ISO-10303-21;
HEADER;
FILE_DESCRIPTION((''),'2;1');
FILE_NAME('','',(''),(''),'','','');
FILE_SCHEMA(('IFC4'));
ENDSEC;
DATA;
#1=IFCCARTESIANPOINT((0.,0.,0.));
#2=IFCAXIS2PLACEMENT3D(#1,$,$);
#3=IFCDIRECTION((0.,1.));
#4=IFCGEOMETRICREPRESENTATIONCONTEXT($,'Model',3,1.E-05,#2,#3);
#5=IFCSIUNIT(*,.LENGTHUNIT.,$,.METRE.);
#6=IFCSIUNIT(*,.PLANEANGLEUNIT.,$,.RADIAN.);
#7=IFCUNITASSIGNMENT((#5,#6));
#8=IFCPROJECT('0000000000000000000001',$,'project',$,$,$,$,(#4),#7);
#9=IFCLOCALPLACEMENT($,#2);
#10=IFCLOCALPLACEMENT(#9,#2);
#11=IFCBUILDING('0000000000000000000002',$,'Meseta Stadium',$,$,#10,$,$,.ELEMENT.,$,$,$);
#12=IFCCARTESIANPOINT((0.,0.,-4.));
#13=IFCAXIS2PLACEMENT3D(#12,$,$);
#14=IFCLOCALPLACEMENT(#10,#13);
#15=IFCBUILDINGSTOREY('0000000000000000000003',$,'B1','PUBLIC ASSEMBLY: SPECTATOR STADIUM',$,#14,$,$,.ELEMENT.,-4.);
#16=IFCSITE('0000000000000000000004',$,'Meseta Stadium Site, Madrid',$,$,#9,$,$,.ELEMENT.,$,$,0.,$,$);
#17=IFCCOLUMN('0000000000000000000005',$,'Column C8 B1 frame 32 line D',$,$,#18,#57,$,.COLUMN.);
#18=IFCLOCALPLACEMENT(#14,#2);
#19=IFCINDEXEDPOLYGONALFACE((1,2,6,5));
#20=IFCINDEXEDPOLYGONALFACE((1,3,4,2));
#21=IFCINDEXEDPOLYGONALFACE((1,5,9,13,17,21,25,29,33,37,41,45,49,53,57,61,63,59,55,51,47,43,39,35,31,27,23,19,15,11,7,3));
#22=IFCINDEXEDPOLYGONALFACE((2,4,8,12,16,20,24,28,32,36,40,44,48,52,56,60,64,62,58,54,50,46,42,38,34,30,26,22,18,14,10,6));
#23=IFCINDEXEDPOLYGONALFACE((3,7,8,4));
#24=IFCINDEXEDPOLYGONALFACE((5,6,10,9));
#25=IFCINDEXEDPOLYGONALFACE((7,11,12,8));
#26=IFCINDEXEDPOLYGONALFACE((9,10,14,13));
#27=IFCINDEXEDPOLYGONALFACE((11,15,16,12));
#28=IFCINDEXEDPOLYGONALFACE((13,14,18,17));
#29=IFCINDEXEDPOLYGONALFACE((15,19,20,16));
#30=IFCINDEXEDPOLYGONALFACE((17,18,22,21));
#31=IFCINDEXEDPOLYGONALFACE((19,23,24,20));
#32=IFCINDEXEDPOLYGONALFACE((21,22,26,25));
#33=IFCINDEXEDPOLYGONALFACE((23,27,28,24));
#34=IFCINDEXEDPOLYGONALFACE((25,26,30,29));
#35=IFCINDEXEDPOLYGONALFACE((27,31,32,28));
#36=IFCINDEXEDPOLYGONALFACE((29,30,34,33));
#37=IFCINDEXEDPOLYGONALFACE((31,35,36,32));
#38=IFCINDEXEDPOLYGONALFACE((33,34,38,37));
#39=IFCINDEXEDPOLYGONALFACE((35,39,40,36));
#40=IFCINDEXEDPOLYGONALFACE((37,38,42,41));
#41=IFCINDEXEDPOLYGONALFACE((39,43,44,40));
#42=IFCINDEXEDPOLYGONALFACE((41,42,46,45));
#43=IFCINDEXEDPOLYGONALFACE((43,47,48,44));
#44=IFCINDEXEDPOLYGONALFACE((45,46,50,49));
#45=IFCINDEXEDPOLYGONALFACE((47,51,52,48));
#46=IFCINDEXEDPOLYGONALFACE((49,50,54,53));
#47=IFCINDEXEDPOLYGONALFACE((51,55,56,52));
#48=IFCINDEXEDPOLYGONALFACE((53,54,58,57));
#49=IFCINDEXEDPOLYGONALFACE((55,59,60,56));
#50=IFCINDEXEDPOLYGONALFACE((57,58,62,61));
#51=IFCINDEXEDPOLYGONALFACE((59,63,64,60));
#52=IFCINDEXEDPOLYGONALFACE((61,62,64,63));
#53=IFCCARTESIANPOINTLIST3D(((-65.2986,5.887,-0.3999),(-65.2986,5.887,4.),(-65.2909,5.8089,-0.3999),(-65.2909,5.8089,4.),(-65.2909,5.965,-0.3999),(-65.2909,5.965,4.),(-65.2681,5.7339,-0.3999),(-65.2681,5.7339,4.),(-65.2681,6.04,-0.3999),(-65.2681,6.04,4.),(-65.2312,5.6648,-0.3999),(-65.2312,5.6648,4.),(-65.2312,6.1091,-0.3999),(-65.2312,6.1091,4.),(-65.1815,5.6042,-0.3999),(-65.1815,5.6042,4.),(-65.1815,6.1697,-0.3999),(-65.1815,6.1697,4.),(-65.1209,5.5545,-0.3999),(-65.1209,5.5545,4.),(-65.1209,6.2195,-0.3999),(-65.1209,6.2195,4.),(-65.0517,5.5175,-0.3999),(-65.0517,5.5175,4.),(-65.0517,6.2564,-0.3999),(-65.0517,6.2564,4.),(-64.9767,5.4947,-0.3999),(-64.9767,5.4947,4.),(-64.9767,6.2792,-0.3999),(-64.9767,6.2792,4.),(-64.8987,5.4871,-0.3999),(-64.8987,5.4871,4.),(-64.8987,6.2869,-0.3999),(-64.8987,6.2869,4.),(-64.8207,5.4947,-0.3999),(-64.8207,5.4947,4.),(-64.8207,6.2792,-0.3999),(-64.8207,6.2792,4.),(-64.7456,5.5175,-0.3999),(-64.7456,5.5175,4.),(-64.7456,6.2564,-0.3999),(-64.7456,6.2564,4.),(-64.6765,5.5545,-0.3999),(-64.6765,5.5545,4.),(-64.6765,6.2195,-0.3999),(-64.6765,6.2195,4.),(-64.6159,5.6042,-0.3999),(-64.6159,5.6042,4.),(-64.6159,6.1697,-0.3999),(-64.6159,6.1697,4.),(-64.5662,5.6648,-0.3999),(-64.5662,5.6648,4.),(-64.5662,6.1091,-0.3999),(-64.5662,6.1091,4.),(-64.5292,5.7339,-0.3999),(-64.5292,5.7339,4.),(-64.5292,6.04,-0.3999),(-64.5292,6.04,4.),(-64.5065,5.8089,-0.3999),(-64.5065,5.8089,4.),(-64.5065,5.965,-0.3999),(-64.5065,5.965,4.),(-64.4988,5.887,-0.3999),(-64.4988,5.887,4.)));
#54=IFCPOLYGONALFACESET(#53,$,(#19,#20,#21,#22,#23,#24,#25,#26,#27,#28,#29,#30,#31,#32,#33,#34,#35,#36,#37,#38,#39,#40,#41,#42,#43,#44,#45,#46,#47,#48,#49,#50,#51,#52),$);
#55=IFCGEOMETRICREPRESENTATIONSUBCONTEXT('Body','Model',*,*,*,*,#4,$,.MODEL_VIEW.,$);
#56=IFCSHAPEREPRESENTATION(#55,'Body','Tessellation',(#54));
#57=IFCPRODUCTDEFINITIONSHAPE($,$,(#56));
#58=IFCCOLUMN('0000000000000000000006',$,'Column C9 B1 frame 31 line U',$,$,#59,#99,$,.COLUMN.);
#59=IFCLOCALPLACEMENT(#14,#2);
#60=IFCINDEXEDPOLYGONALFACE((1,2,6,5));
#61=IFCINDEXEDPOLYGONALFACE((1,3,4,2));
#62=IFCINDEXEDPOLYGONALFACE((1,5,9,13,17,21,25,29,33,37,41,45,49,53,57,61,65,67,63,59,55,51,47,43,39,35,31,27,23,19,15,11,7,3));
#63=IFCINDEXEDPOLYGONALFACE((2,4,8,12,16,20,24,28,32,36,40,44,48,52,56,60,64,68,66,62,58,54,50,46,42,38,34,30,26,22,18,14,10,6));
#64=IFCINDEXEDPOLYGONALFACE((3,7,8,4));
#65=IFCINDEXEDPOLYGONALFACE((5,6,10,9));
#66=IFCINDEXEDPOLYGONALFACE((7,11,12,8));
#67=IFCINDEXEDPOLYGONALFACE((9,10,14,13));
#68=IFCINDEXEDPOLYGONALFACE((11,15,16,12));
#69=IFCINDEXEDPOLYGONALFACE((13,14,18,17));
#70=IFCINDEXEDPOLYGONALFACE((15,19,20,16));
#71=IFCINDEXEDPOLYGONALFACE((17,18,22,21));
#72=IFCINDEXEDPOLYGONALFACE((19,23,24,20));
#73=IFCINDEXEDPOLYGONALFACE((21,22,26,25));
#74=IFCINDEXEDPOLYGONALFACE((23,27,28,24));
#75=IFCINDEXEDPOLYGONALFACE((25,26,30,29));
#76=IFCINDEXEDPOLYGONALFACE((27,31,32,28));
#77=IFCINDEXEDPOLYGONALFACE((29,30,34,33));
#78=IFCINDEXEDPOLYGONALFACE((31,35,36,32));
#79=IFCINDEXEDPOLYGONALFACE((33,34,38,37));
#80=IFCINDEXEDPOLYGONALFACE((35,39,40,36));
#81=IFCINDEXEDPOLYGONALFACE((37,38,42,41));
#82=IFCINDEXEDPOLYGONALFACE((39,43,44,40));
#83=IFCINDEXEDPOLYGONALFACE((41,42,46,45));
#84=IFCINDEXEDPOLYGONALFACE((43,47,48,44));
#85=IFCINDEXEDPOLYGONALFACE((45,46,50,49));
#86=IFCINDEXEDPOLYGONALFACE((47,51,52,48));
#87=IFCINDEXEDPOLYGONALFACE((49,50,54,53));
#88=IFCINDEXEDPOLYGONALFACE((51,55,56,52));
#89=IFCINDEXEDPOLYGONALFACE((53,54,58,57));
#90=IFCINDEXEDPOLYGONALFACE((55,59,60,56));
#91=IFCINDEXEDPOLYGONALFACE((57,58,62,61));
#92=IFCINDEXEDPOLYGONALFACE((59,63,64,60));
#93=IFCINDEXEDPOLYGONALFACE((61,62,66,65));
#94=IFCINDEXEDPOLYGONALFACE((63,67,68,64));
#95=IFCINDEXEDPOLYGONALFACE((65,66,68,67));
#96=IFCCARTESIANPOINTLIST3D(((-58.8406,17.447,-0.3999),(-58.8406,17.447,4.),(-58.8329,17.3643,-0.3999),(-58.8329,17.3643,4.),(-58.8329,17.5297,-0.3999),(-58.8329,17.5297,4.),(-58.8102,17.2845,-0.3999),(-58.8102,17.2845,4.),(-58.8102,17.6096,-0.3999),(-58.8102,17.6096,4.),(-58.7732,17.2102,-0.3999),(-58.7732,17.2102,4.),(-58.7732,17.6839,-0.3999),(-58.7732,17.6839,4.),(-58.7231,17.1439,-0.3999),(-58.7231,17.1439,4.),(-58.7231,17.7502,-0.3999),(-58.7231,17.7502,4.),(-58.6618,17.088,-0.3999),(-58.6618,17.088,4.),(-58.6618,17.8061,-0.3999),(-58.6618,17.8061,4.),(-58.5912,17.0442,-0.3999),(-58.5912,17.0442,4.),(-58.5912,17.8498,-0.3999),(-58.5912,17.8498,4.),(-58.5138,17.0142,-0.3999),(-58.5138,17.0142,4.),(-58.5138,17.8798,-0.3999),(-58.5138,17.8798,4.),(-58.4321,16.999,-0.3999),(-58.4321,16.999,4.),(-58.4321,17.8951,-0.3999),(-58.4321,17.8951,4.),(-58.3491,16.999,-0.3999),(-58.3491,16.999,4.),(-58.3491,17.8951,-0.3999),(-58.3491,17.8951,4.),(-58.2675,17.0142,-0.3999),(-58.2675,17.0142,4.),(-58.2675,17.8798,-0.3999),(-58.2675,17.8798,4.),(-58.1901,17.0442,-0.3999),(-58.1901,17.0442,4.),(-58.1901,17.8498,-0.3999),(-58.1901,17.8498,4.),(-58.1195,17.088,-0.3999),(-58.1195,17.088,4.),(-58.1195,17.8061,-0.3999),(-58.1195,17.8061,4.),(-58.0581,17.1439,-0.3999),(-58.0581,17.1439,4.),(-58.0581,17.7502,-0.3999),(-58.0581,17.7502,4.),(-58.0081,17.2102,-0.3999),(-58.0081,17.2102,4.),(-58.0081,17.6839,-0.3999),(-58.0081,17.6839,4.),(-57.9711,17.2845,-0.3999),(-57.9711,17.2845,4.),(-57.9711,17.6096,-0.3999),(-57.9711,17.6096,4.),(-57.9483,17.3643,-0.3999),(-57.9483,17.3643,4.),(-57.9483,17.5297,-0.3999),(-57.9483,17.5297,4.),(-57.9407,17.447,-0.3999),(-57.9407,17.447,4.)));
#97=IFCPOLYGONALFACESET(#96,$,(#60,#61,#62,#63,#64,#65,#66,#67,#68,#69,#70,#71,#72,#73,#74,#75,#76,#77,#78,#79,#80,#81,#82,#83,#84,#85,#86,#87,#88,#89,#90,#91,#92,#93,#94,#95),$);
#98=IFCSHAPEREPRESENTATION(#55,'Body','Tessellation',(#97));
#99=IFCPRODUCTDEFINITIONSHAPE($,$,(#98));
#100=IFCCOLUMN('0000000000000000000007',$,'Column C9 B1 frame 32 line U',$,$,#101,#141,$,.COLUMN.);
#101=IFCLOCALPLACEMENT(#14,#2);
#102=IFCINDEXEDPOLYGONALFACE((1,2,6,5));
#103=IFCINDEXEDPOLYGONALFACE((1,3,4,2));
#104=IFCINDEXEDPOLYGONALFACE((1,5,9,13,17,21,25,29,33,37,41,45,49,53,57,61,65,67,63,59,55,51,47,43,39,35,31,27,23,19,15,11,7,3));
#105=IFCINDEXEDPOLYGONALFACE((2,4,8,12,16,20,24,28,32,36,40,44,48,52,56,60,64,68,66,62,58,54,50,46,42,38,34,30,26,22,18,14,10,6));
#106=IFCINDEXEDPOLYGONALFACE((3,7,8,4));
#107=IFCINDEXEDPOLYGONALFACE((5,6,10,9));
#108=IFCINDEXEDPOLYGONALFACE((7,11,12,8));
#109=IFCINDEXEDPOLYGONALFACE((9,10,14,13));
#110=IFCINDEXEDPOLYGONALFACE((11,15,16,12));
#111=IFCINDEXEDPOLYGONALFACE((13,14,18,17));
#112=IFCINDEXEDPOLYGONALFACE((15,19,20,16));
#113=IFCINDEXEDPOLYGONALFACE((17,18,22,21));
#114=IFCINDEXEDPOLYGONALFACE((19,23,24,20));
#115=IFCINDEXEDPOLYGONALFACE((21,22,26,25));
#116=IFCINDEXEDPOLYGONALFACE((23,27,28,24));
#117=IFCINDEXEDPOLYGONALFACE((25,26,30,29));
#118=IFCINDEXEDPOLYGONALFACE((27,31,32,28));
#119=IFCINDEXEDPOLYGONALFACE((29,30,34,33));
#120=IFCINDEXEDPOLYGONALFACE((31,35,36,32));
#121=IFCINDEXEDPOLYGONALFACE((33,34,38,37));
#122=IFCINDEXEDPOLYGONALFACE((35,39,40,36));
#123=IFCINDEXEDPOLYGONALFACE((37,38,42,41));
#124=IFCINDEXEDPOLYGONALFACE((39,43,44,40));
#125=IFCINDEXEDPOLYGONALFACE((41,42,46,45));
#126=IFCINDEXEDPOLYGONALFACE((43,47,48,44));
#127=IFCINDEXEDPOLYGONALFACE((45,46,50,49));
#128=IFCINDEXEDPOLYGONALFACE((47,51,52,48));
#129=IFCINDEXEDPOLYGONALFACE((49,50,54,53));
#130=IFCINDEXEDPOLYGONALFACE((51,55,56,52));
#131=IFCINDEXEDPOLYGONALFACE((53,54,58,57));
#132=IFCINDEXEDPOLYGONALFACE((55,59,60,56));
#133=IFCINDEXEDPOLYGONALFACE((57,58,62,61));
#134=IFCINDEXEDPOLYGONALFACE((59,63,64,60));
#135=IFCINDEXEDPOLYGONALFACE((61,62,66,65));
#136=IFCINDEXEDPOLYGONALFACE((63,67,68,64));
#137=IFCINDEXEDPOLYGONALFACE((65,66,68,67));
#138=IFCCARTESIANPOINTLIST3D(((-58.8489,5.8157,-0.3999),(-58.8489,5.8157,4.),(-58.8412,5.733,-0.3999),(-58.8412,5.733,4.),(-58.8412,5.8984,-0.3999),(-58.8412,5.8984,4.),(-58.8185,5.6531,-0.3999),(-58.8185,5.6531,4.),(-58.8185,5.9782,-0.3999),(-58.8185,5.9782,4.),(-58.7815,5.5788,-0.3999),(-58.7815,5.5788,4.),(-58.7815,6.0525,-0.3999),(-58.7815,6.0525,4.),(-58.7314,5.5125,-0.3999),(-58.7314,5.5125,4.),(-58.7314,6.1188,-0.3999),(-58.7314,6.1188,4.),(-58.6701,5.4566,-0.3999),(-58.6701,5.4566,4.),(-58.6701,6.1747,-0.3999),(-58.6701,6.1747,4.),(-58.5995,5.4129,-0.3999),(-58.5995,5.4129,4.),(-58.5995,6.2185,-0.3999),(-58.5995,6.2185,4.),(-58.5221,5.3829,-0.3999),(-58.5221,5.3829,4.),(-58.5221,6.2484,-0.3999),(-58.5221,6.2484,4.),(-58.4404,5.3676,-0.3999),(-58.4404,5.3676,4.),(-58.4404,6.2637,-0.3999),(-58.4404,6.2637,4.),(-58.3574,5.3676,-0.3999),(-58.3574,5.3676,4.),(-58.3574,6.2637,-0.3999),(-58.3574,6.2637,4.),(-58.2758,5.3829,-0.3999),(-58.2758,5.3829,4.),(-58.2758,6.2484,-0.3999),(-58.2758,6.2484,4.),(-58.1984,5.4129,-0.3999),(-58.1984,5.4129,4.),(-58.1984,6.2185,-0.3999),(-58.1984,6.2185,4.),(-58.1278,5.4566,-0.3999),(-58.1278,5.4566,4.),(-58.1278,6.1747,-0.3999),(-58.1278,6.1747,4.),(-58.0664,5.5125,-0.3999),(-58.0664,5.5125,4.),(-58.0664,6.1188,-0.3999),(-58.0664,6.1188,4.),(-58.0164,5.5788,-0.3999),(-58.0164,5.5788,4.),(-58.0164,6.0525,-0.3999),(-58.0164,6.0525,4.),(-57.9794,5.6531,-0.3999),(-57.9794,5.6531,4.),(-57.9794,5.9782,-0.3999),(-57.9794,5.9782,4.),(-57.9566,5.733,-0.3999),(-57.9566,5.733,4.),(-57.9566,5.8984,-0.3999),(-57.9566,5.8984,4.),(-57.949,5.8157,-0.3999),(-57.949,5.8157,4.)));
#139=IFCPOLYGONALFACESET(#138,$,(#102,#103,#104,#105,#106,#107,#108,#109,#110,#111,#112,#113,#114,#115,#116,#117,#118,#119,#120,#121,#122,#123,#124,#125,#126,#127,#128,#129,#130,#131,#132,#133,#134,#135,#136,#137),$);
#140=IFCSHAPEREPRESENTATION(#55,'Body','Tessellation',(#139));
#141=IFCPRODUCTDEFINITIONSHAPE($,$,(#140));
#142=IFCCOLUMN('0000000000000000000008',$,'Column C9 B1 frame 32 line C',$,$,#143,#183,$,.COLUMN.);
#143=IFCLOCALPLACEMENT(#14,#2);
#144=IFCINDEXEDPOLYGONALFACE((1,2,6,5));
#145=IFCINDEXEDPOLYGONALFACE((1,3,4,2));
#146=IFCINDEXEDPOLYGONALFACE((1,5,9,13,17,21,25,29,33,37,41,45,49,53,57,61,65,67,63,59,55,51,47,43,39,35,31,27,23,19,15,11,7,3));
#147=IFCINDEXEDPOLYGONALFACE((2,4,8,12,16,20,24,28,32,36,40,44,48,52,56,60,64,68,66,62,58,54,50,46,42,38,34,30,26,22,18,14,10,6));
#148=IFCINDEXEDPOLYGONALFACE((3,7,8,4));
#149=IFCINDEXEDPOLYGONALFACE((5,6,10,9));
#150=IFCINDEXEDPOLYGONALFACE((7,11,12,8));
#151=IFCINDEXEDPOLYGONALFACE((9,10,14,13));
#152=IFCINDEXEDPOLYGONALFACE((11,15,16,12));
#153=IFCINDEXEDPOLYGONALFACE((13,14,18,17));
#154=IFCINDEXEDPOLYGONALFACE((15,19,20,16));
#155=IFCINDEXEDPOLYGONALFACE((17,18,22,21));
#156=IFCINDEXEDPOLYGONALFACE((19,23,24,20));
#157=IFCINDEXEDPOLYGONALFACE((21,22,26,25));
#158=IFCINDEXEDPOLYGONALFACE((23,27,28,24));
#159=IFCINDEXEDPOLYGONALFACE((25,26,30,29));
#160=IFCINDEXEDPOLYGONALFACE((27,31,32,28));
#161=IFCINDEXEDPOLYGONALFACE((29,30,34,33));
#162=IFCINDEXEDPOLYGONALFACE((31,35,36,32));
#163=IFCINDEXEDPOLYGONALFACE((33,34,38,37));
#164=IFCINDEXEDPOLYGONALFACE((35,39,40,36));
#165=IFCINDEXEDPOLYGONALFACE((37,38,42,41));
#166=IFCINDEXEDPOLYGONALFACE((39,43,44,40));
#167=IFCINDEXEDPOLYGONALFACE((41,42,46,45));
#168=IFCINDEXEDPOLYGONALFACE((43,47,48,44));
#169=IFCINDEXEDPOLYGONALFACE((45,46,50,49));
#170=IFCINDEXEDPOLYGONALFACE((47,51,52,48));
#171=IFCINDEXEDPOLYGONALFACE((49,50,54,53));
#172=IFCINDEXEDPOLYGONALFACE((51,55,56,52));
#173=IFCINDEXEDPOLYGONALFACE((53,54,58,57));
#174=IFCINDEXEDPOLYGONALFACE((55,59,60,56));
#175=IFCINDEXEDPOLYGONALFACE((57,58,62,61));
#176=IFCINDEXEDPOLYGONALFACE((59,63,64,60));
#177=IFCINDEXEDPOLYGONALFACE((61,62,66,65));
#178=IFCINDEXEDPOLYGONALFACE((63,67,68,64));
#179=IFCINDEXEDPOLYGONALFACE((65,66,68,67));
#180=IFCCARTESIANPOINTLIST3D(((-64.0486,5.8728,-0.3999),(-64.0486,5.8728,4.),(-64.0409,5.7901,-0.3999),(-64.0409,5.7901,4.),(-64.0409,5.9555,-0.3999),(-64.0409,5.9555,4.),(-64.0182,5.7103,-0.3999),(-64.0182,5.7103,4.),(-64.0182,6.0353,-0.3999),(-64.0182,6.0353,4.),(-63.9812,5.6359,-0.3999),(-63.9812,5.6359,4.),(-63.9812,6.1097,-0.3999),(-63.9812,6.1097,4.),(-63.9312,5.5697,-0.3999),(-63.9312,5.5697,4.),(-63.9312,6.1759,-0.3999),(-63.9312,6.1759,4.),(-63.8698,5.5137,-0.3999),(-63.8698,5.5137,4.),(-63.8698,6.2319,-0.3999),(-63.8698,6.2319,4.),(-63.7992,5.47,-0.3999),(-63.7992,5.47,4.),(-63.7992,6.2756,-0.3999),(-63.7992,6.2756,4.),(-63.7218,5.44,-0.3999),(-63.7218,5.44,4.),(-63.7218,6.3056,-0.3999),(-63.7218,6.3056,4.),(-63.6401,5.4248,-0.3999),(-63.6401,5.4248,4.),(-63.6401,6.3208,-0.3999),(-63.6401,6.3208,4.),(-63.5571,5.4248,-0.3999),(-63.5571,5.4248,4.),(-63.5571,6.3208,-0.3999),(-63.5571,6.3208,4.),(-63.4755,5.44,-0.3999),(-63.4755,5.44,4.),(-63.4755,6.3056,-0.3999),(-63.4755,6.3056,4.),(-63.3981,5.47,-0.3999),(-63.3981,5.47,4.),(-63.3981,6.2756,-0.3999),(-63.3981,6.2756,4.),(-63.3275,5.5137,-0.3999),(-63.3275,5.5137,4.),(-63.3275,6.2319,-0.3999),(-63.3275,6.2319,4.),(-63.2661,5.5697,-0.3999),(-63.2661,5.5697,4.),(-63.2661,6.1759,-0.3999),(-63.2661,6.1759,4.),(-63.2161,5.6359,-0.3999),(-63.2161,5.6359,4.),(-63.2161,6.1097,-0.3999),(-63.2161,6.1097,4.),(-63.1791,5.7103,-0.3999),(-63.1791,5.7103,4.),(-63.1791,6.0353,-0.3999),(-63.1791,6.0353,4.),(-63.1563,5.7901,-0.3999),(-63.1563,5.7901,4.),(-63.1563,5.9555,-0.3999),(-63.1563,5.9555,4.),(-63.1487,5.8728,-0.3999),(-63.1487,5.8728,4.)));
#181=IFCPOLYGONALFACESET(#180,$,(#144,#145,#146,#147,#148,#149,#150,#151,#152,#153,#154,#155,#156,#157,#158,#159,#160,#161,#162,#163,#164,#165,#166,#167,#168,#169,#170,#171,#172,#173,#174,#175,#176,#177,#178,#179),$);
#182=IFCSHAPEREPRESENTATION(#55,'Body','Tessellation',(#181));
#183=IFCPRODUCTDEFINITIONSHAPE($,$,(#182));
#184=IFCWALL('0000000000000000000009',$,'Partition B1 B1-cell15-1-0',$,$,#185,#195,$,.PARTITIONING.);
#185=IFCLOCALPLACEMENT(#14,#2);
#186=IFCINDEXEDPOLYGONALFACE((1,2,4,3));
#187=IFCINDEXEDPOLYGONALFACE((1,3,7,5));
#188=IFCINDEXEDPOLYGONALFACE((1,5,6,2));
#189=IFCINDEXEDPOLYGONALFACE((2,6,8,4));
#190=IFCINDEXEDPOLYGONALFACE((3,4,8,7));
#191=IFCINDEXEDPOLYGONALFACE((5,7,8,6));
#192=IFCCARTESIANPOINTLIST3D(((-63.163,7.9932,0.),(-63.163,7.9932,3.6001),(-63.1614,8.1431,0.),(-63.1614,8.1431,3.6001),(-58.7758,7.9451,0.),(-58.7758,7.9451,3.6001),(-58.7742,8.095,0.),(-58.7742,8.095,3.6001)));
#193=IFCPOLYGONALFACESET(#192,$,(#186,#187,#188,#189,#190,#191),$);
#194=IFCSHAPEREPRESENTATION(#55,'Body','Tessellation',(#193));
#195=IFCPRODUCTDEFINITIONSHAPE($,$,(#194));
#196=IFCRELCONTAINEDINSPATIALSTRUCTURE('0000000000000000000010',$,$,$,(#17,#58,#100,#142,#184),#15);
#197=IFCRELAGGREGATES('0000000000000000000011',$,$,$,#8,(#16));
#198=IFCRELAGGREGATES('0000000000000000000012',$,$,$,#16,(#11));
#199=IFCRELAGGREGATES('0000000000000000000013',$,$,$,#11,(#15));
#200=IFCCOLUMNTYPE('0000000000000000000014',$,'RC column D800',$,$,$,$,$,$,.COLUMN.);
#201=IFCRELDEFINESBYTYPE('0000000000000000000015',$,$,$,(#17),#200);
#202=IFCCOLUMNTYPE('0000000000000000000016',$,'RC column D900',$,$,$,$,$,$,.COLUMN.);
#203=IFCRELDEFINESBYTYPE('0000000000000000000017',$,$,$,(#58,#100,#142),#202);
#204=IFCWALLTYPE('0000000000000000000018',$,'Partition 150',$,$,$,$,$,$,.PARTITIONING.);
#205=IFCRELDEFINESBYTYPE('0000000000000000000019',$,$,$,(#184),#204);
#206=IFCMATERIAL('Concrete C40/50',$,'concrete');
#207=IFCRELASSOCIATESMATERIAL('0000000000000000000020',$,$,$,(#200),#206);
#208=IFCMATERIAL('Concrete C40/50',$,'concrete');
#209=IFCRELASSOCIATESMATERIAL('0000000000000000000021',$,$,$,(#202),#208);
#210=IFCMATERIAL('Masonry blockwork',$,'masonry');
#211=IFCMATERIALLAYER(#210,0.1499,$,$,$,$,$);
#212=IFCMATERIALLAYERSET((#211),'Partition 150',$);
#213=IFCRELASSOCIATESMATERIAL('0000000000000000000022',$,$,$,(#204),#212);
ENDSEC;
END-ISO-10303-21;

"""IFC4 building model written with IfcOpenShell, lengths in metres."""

from ifc_helpers import new_model, si_unit, direction, frame, frame_2d, origin, origin_2d, place, context, subcontext, project, spatial, rectangle, circle, extrude, material, layer, layer_set, material_profile, profile_set, type_object, element, save


model = new_model("IFC4")

# Units and contexts
model_context = context("Model", 3, precision=1e-05, world=origin(), true_north=direction((0.0, 1.0)))
body_context = subcontext(model_context, "Body", "Model", "MODEL_VIEW")
ifc_project = project(units=[si_unit("LENGTHUNIT", "METRE"), si_unit("PLANEANGLEUNIT", "RADIAN")], contexts=[model_context])

# Site, building, storey
site_placement = place(None, origin())
site = spatial("IfcSite", under=ifc_project, at=site_placement, Name="Meseta Stadium Site, Madrid", CompositionType="ELEMENT", RefElevation=0.0)
building_placement = place(site_placement, origin())
building = spatial("IfcBuilding", under=site, at=building_placement, Name="Meseta Stadium", CompositionType="ELEMENT")
storey_placement = place(building_placement, frame((0.0, 0.0, -4.0)))
storey = spatial("IfcBuildingStorey", under=building, at=storey_placement, Name="B1", Description="PUBLIC ASSEMBLY: SPECTATOR STADIUM", CompositionType="ELEMENT", Elevation=-4.0)

# Columns
ifc_material_1 = material(Name="Concrete C40/50", Category="concrete")
ifc_material_profile_1 = material_profile(ifc_material_1, circle(Radius=0.3999, at=origin_2d()), Name="RC D800")
ifc_profile_set_1 = profile_set([ifc_material_profile_1], Name="Concrete C40/50")
column_type_1 = type_object("IfcColumnType", Name="RC column D800", PredefinedType="COLUMN", material=ifc_profile_set_1)
column_placement = place(storey_placement, frame((-64.8987, 5.887, -0.3999), z_axis=(0.0, 0.0, 1.0), x_axis=(1.0, 0.0, 0.0)))
element("IfcColumn", 1, at=column_placement, inside=storey, type_object=column_type_1, Name="Column C8 B1 frame 32 line D", PredefinedType="COLUMN", context=body_context, shape_type="SweptSolid", body=[
    extrude(circle(Radius=0.3999, at=origin_2d()), origin(), (0.0, 0.0, 1.0), 4.3999),
])
ifc_material_2 = material(Name="Concrete C40/50", Category="concrete")
ifc_material_profile_2 = material_profile(ifc_material_2, circle(Radius=0.45, at=origin_2d()), Name="RC D900")
ifc_profile_set_2 = profile_set([ifc_material_profile_2], Name="Concrete C40/50")
column_type_2 = type_object("IfcColumnType", Name="RC column D900", PredefinedType="COLUMN", material=ifc_profile_set_2)
for number, where, z_axis, x_axis, name in (
    (2, (-58.3906, 17.447, -0.3999), (0.0, 0.0, 1.0), (1.0, 0.0, 0.0), "Column C9 B1 frame 31 line U"),
    (3, (-58.3989, 5.8157, -0.3999), (0.0, 0.0, 1.0), (1.0, 0.0, 0.0), "Column C9 B1 frame 32 line U"),
    (4, (-63.5986, 5.8728, -0.3999), (0.0, 0.0, 1.0), (1.0, 0.0, 0.0), "Column C9 B1 frame 32 line C"),
):
    element("IfcColumn", number, at=place(storey_placement, frame(where, z_axis=z_axis, x_axis=x_axis)), inside=storey, type_object=column_type_2, Name=name, PredefinedType="COLUMN", context=body_context, shape_type="SweptSolid", body=[
        extrude(circle(Radius=0.45, at=origin_2d()), origin(), (0.0, 0.0, 1.0), 4.3999),
    ])

# Wall
ifc_material_3 = material(Name="Masonry blockwork", Category="masonry")
ifc_layer = layer(ifc_material_3, 0.1499)
ifc_layer_set = layer_set([ifc_layer], Name="Partition 150")
wall_type = type_object("IfcWallType", Name="Partition 150", PredefinedType="PARTITIONING", material=ifc_layer_set)
wall_1_placement = place(storey_placement, frame((-58.7749, 8.02, 0.0), z_axis=(0.0, 0.0, 1.0), x_axis=(-0.99994, 0.010962, 0.0)))
element("IfcWall", 5, at=wall_1_placement, inside=storey, type_object=wall_type, Name="Partition B1 B1-cell15-1-0", PredefinedType="PARTITIONING", context=body_context, shape_type="SweptSolid", body=[
    extrude(rectangle(XDim=4.3875, YDim=0.1499, at=frame_2d((2.1938, 0.0))), origin(), (0.0, 0.0, 1.0), 3.6001),
])

save(model, "model.ifc")
